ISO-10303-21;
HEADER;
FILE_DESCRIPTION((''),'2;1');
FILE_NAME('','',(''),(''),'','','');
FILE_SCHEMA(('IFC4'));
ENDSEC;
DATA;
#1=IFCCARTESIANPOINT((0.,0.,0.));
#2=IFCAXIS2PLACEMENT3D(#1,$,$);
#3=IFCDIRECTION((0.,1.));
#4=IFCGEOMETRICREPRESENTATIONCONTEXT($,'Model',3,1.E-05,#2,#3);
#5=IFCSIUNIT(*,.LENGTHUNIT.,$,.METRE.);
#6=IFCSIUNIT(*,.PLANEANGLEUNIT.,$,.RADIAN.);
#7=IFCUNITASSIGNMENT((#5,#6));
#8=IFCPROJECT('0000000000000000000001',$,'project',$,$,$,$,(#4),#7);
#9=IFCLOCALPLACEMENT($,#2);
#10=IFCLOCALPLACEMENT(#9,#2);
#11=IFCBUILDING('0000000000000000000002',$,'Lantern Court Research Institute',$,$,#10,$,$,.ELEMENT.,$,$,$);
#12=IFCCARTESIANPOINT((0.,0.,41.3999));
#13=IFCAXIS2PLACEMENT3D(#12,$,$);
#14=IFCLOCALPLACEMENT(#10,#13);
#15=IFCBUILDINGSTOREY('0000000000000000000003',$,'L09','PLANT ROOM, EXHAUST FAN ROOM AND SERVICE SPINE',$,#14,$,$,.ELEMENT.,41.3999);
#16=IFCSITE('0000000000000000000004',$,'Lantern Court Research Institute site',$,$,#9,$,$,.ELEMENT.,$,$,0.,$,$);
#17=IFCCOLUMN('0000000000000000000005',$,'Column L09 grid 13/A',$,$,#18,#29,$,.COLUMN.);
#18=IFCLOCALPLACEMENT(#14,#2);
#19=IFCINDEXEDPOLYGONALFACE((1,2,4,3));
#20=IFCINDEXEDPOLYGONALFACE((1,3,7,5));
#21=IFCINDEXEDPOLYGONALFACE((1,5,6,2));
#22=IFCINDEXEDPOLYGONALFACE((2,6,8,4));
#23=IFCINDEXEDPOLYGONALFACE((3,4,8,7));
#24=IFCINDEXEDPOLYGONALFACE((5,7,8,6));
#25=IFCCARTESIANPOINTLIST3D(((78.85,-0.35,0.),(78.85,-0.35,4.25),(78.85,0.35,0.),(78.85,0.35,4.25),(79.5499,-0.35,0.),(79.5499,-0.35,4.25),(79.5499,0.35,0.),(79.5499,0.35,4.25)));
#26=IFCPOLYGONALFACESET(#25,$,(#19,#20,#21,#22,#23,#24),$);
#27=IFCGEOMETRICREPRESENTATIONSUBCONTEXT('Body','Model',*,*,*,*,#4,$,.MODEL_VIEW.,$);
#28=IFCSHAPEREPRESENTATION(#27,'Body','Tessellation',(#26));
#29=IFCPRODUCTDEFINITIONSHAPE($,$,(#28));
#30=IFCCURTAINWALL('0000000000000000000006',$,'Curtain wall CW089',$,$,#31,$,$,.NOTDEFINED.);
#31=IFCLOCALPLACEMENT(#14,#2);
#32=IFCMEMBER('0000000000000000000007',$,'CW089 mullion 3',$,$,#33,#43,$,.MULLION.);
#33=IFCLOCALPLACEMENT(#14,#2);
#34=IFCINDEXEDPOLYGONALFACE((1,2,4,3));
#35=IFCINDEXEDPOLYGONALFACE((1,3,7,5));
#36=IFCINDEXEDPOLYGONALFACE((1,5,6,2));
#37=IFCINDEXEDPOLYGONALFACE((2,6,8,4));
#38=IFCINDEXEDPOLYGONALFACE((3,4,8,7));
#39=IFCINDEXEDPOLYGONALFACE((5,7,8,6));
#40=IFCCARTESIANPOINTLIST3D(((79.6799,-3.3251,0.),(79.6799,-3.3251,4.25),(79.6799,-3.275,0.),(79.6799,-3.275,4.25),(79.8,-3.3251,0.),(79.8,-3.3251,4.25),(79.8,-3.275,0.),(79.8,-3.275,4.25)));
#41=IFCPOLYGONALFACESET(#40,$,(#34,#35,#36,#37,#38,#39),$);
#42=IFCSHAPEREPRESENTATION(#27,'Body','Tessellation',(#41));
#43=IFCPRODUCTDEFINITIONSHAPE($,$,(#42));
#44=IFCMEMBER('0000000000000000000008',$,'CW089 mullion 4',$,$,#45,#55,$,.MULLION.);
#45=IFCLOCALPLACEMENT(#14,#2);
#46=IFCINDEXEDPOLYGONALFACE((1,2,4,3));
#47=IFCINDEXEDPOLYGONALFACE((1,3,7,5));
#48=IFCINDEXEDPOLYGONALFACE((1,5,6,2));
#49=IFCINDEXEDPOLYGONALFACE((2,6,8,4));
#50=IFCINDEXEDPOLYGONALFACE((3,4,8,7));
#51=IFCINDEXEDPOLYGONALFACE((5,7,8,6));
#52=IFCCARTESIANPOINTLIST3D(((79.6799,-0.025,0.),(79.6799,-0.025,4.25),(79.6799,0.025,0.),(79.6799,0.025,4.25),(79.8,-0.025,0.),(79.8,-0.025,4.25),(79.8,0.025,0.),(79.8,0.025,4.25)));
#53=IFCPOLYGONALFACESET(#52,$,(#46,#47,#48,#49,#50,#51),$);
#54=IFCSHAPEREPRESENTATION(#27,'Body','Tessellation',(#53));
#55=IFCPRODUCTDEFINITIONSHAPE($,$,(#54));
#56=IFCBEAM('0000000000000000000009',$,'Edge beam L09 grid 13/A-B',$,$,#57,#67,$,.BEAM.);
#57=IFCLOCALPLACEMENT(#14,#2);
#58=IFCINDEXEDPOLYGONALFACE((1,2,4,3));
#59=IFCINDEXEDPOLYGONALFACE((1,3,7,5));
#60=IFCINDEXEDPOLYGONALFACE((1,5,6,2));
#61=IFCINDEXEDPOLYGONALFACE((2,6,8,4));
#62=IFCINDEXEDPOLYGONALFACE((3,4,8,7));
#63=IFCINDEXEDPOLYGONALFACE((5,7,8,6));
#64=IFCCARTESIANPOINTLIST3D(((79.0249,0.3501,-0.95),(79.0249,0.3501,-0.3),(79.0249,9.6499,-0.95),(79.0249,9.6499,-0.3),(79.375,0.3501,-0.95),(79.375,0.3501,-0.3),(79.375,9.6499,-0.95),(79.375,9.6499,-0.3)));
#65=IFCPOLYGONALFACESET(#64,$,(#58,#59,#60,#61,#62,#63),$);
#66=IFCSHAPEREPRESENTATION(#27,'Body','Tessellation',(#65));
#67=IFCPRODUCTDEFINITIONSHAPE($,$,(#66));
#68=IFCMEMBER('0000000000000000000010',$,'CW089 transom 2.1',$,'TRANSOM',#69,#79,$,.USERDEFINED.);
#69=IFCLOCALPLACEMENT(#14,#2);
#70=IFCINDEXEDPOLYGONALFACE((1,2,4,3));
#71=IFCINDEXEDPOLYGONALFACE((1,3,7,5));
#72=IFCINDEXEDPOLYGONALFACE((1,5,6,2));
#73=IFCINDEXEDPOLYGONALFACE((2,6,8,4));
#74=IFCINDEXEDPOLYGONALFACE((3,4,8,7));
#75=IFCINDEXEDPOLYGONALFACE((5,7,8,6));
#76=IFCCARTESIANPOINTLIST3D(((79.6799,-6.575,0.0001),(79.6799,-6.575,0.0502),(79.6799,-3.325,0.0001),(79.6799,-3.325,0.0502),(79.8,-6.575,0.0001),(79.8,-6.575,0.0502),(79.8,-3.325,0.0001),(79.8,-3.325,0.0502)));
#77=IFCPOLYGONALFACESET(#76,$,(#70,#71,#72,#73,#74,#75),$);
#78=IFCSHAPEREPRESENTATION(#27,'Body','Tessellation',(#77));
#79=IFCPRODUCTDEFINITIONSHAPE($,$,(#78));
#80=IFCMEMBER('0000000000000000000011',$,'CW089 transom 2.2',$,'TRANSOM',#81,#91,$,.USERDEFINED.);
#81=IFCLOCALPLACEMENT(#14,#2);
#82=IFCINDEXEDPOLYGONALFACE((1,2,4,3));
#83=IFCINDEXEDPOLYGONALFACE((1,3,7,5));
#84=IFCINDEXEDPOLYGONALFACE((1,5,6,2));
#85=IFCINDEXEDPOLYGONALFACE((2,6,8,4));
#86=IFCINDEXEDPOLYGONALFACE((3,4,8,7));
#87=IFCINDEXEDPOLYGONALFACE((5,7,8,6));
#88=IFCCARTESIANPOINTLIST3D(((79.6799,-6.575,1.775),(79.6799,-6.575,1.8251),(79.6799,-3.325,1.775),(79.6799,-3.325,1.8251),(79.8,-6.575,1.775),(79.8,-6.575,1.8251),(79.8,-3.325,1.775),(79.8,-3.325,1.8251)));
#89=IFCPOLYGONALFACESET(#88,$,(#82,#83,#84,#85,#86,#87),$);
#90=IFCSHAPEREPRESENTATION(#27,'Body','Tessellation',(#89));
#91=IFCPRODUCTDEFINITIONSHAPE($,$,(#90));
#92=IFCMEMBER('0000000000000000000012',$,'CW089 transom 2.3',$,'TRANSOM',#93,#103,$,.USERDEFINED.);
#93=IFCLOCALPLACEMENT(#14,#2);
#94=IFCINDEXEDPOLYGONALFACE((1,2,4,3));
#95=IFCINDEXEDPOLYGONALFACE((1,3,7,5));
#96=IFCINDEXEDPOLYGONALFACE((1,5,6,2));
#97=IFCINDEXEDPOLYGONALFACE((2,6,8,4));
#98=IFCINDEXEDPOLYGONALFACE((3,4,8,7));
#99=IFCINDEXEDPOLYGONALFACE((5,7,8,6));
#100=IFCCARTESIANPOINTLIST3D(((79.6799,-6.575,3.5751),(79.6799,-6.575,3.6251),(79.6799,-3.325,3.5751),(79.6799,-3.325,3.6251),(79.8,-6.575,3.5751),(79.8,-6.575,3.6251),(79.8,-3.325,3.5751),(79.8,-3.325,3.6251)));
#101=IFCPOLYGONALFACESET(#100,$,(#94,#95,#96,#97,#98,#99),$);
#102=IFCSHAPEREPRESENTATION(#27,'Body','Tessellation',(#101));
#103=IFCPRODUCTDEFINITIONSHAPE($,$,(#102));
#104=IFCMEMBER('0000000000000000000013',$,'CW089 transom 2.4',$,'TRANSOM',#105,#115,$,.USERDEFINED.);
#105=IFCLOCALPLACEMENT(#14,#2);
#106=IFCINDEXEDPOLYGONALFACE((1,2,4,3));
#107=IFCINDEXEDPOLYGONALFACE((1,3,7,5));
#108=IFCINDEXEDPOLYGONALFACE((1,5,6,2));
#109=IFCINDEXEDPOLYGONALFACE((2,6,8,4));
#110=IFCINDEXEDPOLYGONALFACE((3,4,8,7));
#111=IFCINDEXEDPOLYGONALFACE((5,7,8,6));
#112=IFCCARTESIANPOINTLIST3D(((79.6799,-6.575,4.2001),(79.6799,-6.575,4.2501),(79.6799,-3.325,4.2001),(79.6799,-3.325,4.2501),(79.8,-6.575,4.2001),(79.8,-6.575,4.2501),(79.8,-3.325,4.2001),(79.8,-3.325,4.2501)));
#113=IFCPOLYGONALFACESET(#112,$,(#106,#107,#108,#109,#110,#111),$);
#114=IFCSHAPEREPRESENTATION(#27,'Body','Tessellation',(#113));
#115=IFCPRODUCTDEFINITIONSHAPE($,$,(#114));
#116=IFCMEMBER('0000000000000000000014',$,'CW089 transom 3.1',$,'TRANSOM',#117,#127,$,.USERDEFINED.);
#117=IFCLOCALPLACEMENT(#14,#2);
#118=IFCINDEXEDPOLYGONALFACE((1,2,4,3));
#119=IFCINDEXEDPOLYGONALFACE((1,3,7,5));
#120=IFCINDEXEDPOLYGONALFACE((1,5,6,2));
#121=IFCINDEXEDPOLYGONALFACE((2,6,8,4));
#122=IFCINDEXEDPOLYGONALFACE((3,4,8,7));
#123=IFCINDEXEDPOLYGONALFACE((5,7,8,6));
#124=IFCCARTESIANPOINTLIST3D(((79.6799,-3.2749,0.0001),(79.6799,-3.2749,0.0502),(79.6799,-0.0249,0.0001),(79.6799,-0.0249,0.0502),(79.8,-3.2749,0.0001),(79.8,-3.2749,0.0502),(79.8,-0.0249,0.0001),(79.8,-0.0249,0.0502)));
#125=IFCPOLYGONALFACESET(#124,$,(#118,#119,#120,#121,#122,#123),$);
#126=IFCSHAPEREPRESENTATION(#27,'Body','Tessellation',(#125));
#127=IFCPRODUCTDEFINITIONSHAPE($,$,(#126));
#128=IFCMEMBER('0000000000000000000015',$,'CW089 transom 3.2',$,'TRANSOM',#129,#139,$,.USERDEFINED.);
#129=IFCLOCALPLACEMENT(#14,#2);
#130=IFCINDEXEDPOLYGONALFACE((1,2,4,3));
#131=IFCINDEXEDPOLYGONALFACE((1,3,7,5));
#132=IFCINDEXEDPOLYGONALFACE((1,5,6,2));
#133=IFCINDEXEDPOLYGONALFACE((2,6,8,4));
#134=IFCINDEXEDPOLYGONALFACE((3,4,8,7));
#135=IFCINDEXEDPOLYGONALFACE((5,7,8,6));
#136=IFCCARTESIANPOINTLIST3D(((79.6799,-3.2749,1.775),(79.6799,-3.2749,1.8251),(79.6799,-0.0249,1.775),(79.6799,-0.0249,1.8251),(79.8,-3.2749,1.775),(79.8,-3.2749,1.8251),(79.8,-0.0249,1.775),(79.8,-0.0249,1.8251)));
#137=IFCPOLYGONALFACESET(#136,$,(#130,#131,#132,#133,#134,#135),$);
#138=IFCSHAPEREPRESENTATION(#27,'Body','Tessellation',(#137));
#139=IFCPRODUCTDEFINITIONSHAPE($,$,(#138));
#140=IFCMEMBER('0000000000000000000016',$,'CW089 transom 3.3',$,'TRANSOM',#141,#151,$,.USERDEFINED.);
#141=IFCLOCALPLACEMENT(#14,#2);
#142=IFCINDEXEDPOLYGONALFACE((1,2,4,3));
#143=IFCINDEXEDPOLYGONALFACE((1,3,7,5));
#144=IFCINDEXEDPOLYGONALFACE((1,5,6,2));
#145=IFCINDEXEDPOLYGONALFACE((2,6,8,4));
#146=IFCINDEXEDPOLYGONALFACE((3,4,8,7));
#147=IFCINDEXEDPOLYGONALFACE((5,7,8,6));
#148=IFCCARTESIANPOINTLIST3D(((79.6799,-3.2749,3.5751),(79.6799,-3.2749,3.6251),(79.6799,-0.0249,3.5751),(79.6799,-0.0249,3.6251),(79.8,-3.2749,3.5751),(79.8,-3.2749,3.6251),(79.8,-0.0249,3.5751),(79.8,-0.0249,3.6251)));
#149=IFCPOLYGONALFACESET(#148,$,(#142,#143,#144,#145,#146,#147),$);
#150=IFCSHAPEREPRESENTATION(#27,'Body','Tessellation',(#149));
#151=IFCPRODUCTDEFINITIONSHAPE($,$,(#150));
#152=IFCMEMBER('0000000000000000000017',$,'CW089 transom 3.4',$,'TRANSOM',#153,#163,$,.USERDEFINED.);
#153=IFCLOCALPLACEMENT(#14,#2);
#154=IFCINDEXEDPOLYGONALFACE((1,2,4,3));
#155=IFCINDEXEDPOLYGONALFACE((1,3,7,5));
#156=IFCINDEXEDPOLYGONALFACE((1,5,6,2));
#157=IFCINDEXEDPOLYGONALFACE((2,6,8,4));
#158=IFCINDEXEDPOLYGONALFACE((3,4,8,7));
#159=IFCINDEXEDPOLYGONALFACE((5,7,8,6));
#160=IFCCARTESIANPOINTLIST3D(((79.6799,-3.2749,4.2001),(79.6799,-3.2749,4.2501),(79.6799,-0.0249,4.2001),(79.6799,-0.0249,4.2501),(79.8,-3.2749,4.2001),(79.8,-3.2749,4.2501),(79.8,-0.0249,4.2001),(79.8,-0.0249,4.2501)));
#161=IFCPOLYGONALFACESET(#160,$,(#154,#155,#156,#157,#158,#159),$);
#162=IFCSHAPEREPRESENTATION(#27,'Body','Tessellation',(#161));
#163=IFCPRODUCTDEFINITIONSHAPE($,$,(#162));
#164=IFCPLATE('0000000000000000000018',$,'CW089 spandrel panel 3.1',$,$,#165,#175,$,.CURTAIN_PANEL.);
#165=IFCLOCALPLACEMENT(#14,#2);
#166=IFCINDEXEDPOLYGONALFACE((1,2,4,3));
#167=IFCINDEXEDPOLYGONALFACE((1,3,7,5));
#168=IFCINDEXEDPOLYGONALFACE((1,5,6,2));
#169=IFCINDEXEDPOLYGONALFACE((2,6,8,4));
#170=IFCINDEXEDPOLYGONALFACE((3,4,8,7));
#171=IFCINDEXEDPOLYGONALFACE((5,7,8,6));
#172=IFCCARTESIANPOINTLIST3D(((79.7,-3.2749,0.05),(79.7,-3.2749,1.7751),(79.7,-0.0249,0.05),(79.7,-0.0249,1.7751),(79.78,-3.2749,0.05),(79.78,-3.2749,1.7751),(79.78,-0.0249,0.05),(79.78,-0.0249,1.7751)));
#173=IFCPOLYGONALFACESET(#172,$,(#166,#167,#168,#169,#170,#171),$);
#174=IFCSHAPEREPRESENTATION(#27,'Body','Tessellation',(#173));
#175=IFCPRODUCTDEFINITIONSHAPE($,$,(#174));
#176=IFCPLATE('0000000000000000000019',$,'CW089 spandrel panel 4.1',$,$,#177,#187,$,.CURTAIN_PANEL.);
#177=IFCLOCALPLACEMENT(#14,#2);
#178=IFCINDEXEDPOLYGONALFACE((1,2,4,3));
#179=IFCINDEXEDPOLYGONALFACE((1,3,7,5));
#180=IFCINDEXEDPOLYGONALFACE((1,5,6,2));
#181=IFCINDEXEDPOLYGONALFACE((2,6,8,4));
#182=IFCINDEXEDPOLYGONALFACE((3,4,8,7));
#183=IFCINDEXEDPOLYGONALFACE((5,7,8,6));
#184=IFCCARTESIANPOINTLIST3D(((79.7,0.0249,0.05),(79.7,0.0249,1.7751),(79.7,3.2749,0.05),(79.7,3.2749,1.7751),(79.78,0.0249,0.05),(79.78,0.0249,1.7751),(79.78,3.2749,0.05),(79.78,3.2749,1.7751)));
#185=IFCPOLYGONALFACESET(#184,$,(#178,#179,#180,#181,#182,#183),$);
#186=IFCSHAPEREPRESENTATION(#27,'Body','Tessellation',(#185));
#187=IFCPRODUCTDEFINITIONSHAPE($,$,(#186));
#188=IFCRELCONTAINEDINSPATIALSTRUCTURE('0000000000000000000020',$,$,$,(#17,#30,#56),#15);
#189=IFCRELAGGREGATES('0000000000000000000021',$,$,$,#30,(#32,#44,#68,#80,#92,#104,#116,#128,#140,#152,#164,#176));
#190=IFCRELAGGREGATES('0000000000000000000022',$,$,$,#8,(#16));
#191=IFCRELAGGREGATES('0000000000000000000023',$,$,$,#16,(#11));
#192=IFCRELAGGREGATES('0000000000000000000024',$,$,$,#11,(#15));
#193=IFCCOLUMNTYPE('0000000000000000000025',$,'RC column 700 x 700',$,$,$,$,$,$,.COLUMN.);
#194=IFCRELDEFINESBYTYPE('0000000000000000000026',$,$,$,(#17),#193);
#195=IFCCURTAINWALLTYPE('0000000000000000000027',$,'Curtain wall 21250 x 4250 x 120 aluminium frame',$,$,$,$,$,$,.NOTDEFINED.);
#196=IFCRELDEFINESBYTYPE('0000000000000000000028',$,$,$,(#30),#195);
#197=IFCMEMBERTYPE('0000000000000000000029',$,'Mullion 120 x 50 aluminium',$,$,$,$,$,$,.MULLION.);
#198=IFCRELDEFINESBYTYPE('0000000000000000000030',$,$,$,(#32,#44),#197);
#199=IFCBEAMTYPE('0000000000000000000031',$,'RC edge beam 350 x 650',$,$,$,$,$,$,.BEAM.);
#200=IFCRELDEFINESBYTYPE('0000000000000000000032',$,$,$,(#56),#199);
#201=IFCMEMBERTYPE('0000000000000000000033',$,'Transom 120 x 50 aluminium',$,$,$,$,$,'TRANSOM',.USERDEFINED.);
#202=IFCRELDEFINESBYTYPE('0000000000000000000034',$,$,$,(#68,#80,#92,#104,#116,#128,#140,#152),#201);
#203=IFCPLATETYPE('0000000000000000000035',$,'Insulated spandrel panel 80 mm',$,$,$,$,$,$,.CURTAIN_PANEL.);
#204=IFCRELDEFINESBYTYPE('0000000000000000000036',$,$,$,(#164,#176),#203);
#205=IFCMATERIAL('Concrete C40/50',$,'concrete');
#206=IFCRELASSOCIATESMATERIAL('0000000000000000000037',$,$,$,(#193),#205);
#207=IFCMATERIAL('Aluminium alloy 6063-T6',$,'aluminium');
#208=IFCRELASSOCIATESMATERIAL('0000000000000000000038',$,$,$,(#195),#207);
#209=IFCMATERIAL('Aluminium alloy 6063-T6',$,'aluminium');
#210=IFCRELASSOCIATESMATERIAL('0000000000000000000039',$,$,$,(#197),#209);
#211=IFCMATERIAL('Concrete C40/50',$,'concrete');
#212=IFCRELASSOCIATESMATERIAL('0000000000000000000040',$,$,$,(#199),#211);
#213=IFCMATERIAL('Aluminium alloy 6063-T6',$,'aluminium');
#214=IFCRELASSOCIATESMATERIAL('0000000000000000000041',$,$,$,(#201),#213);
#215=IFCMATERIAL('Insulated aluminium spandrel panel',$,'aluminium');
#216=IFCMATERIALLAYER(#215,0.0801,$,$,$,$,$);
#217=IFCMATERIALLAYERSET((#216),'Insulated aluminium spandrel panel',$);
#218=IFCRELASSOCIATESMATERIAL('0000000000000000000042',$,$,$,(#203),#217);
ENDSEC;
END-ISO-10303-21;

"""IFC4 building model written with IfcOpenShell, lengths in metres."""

from ifc_helpers import new_model, si_unit, direction, frame, origin, origin_2d, place, context, subcontext, project, spatial, rectangle, extrude, material, layer, layer_set, material_profile, profile_set, type_object, element, aggregate, save


model = new_model("IFC4")

# Units and contexts
model_context = context("Model", 3, precision=1e-05, world=origin(), true_north=direction((0.0, 1.0)))
body_context = subcontext(model_context, "Body", "Model", "MODEL_VIEW")
ifc_project = project(units=[si_unit("LENGTHUNIT", "METRE"), si_unit("PLANEANGLEUNIT", "RADIAN")], contexts=[model_context])

# Site, building, storey
site_placement = place(None, origin())
site = spatial("IfcSite", under=ifc_project, at=site_placement, Name="Lantern Court Research Institute site", CompositionType="ELEMENT", RefElevation=0.0)
building_placement = place(site_placement, origin())
building = spatial("IfcBuilding", under=site, at=building_placement, Name="Lantern Court Research Institute", CompositionType="ELEMENT")
storey_placement = place(building_placement, frame((0.0, 0.0, 41.3999)))
storey = spatial("IfcBuildingStorey", under=building, at=storey_placement, Name="L09", Description="PLANT ROOM, EXHAUST FAN ROOM AND SERVICE SPINE", CompositionType="ELEMENT", Elevation=41.3999)

# Column
ifc_material_1 = material(Name="Concrete C40/50", Category="concrete")
ifc_material_profile_1 = material_profile(ifc_material_1, rectangle(XDim=0.7, YDim=0.7, at=origin_2d()), Name="RC column 700 x 700")
ifc_profile_set_1 = profile_set([ifc_material_profile_1], Name="Concrete C40/50")
column_type = type_object("IfcColumnType", Name="RC column 700 x 700", PredefinedType="COLUMN", material=ifc_profile_set_1)
column_placement = place(storey_placement, frame((79.2, 0.0, 0.0), z_axis=(0.0, 0.0, 1.0), x_axis=(1.0, 0.0, 0.0)))
element("IfcColumn", 1, at=column_placement, inside=storey, type_object=column_type, Name="Column L09 grid 13/A", PredefinedType="COLUMN", context=body_context, shape_type="SweptSolid", body=[
    extrude(rectangle(XDim=0.7, YDim=0.7, at=origin_2d()), origin(), (0.0, 0.0, 1.0), 4.25),
])

# Curtain wall, members
ifc_material_2 = material(Name="Aluminium alloy 6063-T6", Category="aluminium")
curtain_wall_type = type_object("IfcCurtainWallType", Name="Curtain wall 21250 x 4250 x 120 aluminium frame", PredefinedType="NOTDEFINED", material=ifc_material_2)
curtain_wall_placement = place(storey_placement, origin())
curtain_wall = element("IfcCurtainWall", 2, at=curtain_wall_placement, inside=storey, type_object=curtain_wall_type, Name="Curtain wall CW089", PredefinedType="NOTDEFINED")
ifc_material_3 = material(Name="Aluminium alloy 6063-T6", Category="aluminium")
ifc_material_profile_2 = material_profile(ifc_material_3, rectangle(XDim=0.1201, YDim=0.05, at=origin_2d()), Name="Mullion 120 x 50")
ifc_profile_set_2 = profile_set([ifc_material_profile_2], Name="Aluminium alloy 6063-T6")
member_type_1 = type_object("IfcMemberType", Name="Mullion 120 x 50 aluminium", PredefinedType="MULLION", material=ifc_profile_set_2)
member_1_placement = place(storey_placement, frame((79.74, -3.3, 0.0), z_axis=(0.0, 0.0, 1.0), x_axis=(1.0, 0.0, 0.0)))
member_1 = element("IfcMember", 3, at=member_1_placement, type_object=member_type_1, Name="CW089 mullion 3", PredefinedType="MULLION", context=body_context, shape_type="SweptSolid", body=[
    extrude(rectangle(XDim=0.1201, YDim=0.05, at=origin_2d()), origin(), (0.0, 0.0, 1.0), 4.25),
])
member_2_placement = place(storey_placement, frame((79.74, 0.0, 0.0), z_axis=(0.0, 0.0, 1.0), x_axis=(1.0, 0.0, 0.0)))
member_2 = element("IfcMember", 4, at=member_2_placement, type_object=member_type_1, Name="CW089 mullion 4", PredefinedType="MULLION", context=body_context, shape_type="SweptSolid", body=[
    extrude(rectangle(XDim=0.1201, YDim=0.05, at=origin_2d()), origin(), (0.0, 0.0, 1.0), 4.25),
])

# Beam
ifc_material_4 = material(Name="Concrete C40/50", Category="concrete")
ifc_material_profile_3 = material_profile(ifc_material_4, rectangle(XDim=0.3501, YDim=0.6499, at=origin_2d()), Name="RC beam 350 x 650")
ifc_profile_set_3 = profile_set([ifc_material_profile_3], Name="Concrete C40/50")
beam_type = type_object("IfcBeamType", Name="RC edge beam 350 x 650", PredefinedType="BEAM", material=ifc_profile_set_3)
beam_placement = place(storey_placement, frame((79.2, 0.3501, -0.625), z_axis=(0.0, 1.0, 0.0), x_axis=(-1.0, 0.0, 0.0)))
element("IfcBeam", 5, at=beam_placement, inside=storey, type_object=beam_type, Name="Edge beam L09 grid 13/A-B", PredefinedType="BEAM", context=body_context, shape_type="SweptSolid", body=[
    extrude(rectangle(XDim=0.3501, YDim=0.6499, at=origin_2d()), origin(), (0.0, 0.0, 1.0), 9.2998),
])

# Members
ifc_material_5 = material(Name="Aluminium alloy 6063-T6", Category="aluminium")
ifc_material_profile_4 = material_profile(ifc_material_5, rectangle(XDim=0.1201, YDim=0.05, at=origin_2d()), Name="Transom 120 x 50")
ifc_profile_set_4 = profile_set([ifc_material_profile_4], Name="Aluminium alloy 6063-T6")
member_type_2 = type_object("IfcMemberType", Name="Transom 120 x 50 aluminium", ElementType="TRANSOM", PredefinedType="USERDEFINED", material=ifc_profile_set_4)
member_3_placement = place(storey_placement, frame((79.74, -3.325, 0.0251), z_axis=(0.0, -1.0, 0.0), x_axis=(1.0, 0.0, 0.0)))
member_3 = element("IfcMember", 6, at=member_3_placement, type_object=member_type_2, Name="CW089 transom 2.1", ObjectType="TRANSOM", PredefinedType="USERDEFINED", context=body_context, shape_type="SweptSolid", body=[
    extrude(rectangle(XDim=0.1201, YDim=0.05, at=origin_2d()), origin(), (0.0, 0.0, 1.0), 3.25),
])
member_4_placement = place(storey_placement, frame((79.74, -3.325, 1.8), z_axis=(0.0, -1.0, 0.0), x_axis=(1.0, 0.0, 0.0)))
member_4 = element("IfcMember", 7, at=member_4_placement, type_object=member_type_2, Name="CW089 transom 2.2", ObjectType="TRANSOM", PredefinedType="USERDEFINED", context=body_context, shape_type="SweptSolid", body=[
    extrude(rectangle(XDim=0.1201, YDim=0.05, at=origin_2d()), origin(), (0.0, 0.0, 1.0), 3.25),
])
member_5_placement = place(storey_placement, frame((79.74, -3.325, 3.6001), z_axis=(0.0, -1.0, 0.0), x_axis=(1.0, 0.0, 0.0)))
member_5 = element("IfcMember", 8, at=member_5_placement, type_object=member_type_2, Name="CW089 transom 2.3", ObjectType="TRANSOM", PredefinedType="USERDEFINED", context=body_context, shape_type="SweptSolid", body=[
    extrude(rectangle(XDim=0.1201, YDim=0.05, at=origin_2d()), origin(), (0.0, 0.0, 1.0), 3.25),
])
member_6_placement = place(storey_placement, frame((79.74, -3.325, 4.2251), z_axis=(0.0, -1.0, 0.0), x_axis=(1.0, 0.0, 0.0)))
member_6 = element("IfcMember", 9, at=member_6_placement, type_object=member_type_2, Name="CW089 transom 2.4", ObjectType="TRANSOM", PredefinedType="USERDEFINED", context=body_context, shape_type="SweptSolid", body=[
    extrude(rectangle(XDim=0.1201, YDim=0.05, at=origin_2d()), origin(), (0.0, 0.0, 1.0), 3.25),
])
member_7_placement = place(storey_placement, frame((79.74, -0.0249, 0.0251), z_axis=(0.0, -1.0, 0.0), x_axis=(1.0, 0.0, 0.0)))
member_7 = element("IfcMember", 10, at=member_7_placement, type_object=member_type_2, Name="CW089 transom 3.1", ObjectType="TRANSOM", PredefinedType="USERDEFINED", context=body_context, shape_type="SweptSolid", body=[
    extrude(rectangle(XDim=0.1201, YDim=0.05, at=origin_2d()), origin(), (0.0, 0.0, 1.0), 3.25),
])
member_8_placement = place(storey_placement, frame((79.74, -0.0249, 1.8), z_axis=(0.0, -1.0, 0.0), x_axis=(1.0, 0.0, 0.0)))
member_8 = element("IfcMember", 11, at=member_8_placement, type_object=member_type_2, Name="CW089 transom 3.2", ObjectType="TRANSOM", PredefinedType="USERDEFINED", context=body_context, shape_type="SweptSolid", body=[
    extrude(rectangle(XDim=0.1201, YDim=0.05, at=origin_2d()), origin(), (0.0, 0.0, 1.0), 3.25),
])
member_9_placement = place(storey_placement, frame((79.74, -0.0249, 3.6001), z_axis=(0.0, -1.0, 0.0), x_axis=(1.0, 0.0, 0.0)))
member_9 = element("IfcMember", 12, at=member_9_placement, type_object=member_type_2, Name="CW089 transom 3.3", ObjectType="TRANSOM", PredefinedType="USERDEFINED", context=body_context, shape_type="SweptSolid", body=[
    extrude(rectangle(XDim=0.1201, YDim=0.05, at=origin_2d()), origin(), (0.0, 0.0, 1.0), 3.25),
])
member_10_placement = place(storey_placement, frame((79.74, -0.0249, 4.2251), z_axis=(0.0, -1.0, 0.0), x_axis=(1.0, 0.0, 0.0)))
member_10 = element("IfcMember", 13, at=member_10_placement, type_object=member_type_2, Name="CW089 transom 3.4", ObjectType="TRANSOM", PredefinedType="USERDEFINED", context=body_context, shape_type="SweptSolid", body=[
    extrude(rectangle(XDim=0.1201, YDim=0.05, at=origin_2d()), origin(), (0.0, 0.0, 1.0), 3.25),
])

# Plates
ifc_material_6 = material(Name="Insulated aluminium spandrel panel", Category="aluminium")
ifc_layer_1 = layer(ifc_material_6, 0.0801)
ifc_layer_set_1 = layer_set([ifc_layer_1], Name="Insulated aluminium spandrel panel")
plate_type_1 = type_object("IfcPlateType", Name="Insulated spandrel panel 80 mm", PredefinedType="CURTAIN_PANEL", material=ifc_layer_set_1)
plate_1_placement = place(storey_placement, frame((79.74, -1.6499, 0.05), z_axis=(0.0, 0.0, 1.0), x_axis=(0.0, -1.0, 0.0)))
plate_1 = element("IfcPlate", 14, at=plate_1_placement, type_object=plate_type_1, Name="CW089 spandrel panel 3.1", PredefinedType="CURTAIN_PANEL", context=body_context, shape_type="SweptSolid", body=[
    extrude(rectangle(XDim=3.25, YDim=0.0801, at=origin_2d()), origin(), (0.0, 0.0, 1.0), 1.7251),
])
plate_2_placement = place(storey_placement, frame((79.74, 1.6499, 0.05), z_axis=(0.0, 0.0, 1.0), x_axis=(0.0, -1.0, 0.0)))
plate_2 = element("IfcPlate", 15, at=plate_2_placement, type_object=plate_type_1, Name="CW089 spandrel panel 4.1", PredefinedType="CURTAIN_PANEL", context=body_context, shape_type="SweptSolid", body=[
    extrude(rectangle(XDim=3.25, YDim=0.0801, at=origin_2d()), origin(), (0.0, 0.0, 1.0), 1.7251),
])
aggregate(curtain_wall, [member_1, member_2, member_3, member_4, member_5, member_6, member_7, member_8, member_9, member_10, plate_1, plate_2])

save(model, "model.ifc")
